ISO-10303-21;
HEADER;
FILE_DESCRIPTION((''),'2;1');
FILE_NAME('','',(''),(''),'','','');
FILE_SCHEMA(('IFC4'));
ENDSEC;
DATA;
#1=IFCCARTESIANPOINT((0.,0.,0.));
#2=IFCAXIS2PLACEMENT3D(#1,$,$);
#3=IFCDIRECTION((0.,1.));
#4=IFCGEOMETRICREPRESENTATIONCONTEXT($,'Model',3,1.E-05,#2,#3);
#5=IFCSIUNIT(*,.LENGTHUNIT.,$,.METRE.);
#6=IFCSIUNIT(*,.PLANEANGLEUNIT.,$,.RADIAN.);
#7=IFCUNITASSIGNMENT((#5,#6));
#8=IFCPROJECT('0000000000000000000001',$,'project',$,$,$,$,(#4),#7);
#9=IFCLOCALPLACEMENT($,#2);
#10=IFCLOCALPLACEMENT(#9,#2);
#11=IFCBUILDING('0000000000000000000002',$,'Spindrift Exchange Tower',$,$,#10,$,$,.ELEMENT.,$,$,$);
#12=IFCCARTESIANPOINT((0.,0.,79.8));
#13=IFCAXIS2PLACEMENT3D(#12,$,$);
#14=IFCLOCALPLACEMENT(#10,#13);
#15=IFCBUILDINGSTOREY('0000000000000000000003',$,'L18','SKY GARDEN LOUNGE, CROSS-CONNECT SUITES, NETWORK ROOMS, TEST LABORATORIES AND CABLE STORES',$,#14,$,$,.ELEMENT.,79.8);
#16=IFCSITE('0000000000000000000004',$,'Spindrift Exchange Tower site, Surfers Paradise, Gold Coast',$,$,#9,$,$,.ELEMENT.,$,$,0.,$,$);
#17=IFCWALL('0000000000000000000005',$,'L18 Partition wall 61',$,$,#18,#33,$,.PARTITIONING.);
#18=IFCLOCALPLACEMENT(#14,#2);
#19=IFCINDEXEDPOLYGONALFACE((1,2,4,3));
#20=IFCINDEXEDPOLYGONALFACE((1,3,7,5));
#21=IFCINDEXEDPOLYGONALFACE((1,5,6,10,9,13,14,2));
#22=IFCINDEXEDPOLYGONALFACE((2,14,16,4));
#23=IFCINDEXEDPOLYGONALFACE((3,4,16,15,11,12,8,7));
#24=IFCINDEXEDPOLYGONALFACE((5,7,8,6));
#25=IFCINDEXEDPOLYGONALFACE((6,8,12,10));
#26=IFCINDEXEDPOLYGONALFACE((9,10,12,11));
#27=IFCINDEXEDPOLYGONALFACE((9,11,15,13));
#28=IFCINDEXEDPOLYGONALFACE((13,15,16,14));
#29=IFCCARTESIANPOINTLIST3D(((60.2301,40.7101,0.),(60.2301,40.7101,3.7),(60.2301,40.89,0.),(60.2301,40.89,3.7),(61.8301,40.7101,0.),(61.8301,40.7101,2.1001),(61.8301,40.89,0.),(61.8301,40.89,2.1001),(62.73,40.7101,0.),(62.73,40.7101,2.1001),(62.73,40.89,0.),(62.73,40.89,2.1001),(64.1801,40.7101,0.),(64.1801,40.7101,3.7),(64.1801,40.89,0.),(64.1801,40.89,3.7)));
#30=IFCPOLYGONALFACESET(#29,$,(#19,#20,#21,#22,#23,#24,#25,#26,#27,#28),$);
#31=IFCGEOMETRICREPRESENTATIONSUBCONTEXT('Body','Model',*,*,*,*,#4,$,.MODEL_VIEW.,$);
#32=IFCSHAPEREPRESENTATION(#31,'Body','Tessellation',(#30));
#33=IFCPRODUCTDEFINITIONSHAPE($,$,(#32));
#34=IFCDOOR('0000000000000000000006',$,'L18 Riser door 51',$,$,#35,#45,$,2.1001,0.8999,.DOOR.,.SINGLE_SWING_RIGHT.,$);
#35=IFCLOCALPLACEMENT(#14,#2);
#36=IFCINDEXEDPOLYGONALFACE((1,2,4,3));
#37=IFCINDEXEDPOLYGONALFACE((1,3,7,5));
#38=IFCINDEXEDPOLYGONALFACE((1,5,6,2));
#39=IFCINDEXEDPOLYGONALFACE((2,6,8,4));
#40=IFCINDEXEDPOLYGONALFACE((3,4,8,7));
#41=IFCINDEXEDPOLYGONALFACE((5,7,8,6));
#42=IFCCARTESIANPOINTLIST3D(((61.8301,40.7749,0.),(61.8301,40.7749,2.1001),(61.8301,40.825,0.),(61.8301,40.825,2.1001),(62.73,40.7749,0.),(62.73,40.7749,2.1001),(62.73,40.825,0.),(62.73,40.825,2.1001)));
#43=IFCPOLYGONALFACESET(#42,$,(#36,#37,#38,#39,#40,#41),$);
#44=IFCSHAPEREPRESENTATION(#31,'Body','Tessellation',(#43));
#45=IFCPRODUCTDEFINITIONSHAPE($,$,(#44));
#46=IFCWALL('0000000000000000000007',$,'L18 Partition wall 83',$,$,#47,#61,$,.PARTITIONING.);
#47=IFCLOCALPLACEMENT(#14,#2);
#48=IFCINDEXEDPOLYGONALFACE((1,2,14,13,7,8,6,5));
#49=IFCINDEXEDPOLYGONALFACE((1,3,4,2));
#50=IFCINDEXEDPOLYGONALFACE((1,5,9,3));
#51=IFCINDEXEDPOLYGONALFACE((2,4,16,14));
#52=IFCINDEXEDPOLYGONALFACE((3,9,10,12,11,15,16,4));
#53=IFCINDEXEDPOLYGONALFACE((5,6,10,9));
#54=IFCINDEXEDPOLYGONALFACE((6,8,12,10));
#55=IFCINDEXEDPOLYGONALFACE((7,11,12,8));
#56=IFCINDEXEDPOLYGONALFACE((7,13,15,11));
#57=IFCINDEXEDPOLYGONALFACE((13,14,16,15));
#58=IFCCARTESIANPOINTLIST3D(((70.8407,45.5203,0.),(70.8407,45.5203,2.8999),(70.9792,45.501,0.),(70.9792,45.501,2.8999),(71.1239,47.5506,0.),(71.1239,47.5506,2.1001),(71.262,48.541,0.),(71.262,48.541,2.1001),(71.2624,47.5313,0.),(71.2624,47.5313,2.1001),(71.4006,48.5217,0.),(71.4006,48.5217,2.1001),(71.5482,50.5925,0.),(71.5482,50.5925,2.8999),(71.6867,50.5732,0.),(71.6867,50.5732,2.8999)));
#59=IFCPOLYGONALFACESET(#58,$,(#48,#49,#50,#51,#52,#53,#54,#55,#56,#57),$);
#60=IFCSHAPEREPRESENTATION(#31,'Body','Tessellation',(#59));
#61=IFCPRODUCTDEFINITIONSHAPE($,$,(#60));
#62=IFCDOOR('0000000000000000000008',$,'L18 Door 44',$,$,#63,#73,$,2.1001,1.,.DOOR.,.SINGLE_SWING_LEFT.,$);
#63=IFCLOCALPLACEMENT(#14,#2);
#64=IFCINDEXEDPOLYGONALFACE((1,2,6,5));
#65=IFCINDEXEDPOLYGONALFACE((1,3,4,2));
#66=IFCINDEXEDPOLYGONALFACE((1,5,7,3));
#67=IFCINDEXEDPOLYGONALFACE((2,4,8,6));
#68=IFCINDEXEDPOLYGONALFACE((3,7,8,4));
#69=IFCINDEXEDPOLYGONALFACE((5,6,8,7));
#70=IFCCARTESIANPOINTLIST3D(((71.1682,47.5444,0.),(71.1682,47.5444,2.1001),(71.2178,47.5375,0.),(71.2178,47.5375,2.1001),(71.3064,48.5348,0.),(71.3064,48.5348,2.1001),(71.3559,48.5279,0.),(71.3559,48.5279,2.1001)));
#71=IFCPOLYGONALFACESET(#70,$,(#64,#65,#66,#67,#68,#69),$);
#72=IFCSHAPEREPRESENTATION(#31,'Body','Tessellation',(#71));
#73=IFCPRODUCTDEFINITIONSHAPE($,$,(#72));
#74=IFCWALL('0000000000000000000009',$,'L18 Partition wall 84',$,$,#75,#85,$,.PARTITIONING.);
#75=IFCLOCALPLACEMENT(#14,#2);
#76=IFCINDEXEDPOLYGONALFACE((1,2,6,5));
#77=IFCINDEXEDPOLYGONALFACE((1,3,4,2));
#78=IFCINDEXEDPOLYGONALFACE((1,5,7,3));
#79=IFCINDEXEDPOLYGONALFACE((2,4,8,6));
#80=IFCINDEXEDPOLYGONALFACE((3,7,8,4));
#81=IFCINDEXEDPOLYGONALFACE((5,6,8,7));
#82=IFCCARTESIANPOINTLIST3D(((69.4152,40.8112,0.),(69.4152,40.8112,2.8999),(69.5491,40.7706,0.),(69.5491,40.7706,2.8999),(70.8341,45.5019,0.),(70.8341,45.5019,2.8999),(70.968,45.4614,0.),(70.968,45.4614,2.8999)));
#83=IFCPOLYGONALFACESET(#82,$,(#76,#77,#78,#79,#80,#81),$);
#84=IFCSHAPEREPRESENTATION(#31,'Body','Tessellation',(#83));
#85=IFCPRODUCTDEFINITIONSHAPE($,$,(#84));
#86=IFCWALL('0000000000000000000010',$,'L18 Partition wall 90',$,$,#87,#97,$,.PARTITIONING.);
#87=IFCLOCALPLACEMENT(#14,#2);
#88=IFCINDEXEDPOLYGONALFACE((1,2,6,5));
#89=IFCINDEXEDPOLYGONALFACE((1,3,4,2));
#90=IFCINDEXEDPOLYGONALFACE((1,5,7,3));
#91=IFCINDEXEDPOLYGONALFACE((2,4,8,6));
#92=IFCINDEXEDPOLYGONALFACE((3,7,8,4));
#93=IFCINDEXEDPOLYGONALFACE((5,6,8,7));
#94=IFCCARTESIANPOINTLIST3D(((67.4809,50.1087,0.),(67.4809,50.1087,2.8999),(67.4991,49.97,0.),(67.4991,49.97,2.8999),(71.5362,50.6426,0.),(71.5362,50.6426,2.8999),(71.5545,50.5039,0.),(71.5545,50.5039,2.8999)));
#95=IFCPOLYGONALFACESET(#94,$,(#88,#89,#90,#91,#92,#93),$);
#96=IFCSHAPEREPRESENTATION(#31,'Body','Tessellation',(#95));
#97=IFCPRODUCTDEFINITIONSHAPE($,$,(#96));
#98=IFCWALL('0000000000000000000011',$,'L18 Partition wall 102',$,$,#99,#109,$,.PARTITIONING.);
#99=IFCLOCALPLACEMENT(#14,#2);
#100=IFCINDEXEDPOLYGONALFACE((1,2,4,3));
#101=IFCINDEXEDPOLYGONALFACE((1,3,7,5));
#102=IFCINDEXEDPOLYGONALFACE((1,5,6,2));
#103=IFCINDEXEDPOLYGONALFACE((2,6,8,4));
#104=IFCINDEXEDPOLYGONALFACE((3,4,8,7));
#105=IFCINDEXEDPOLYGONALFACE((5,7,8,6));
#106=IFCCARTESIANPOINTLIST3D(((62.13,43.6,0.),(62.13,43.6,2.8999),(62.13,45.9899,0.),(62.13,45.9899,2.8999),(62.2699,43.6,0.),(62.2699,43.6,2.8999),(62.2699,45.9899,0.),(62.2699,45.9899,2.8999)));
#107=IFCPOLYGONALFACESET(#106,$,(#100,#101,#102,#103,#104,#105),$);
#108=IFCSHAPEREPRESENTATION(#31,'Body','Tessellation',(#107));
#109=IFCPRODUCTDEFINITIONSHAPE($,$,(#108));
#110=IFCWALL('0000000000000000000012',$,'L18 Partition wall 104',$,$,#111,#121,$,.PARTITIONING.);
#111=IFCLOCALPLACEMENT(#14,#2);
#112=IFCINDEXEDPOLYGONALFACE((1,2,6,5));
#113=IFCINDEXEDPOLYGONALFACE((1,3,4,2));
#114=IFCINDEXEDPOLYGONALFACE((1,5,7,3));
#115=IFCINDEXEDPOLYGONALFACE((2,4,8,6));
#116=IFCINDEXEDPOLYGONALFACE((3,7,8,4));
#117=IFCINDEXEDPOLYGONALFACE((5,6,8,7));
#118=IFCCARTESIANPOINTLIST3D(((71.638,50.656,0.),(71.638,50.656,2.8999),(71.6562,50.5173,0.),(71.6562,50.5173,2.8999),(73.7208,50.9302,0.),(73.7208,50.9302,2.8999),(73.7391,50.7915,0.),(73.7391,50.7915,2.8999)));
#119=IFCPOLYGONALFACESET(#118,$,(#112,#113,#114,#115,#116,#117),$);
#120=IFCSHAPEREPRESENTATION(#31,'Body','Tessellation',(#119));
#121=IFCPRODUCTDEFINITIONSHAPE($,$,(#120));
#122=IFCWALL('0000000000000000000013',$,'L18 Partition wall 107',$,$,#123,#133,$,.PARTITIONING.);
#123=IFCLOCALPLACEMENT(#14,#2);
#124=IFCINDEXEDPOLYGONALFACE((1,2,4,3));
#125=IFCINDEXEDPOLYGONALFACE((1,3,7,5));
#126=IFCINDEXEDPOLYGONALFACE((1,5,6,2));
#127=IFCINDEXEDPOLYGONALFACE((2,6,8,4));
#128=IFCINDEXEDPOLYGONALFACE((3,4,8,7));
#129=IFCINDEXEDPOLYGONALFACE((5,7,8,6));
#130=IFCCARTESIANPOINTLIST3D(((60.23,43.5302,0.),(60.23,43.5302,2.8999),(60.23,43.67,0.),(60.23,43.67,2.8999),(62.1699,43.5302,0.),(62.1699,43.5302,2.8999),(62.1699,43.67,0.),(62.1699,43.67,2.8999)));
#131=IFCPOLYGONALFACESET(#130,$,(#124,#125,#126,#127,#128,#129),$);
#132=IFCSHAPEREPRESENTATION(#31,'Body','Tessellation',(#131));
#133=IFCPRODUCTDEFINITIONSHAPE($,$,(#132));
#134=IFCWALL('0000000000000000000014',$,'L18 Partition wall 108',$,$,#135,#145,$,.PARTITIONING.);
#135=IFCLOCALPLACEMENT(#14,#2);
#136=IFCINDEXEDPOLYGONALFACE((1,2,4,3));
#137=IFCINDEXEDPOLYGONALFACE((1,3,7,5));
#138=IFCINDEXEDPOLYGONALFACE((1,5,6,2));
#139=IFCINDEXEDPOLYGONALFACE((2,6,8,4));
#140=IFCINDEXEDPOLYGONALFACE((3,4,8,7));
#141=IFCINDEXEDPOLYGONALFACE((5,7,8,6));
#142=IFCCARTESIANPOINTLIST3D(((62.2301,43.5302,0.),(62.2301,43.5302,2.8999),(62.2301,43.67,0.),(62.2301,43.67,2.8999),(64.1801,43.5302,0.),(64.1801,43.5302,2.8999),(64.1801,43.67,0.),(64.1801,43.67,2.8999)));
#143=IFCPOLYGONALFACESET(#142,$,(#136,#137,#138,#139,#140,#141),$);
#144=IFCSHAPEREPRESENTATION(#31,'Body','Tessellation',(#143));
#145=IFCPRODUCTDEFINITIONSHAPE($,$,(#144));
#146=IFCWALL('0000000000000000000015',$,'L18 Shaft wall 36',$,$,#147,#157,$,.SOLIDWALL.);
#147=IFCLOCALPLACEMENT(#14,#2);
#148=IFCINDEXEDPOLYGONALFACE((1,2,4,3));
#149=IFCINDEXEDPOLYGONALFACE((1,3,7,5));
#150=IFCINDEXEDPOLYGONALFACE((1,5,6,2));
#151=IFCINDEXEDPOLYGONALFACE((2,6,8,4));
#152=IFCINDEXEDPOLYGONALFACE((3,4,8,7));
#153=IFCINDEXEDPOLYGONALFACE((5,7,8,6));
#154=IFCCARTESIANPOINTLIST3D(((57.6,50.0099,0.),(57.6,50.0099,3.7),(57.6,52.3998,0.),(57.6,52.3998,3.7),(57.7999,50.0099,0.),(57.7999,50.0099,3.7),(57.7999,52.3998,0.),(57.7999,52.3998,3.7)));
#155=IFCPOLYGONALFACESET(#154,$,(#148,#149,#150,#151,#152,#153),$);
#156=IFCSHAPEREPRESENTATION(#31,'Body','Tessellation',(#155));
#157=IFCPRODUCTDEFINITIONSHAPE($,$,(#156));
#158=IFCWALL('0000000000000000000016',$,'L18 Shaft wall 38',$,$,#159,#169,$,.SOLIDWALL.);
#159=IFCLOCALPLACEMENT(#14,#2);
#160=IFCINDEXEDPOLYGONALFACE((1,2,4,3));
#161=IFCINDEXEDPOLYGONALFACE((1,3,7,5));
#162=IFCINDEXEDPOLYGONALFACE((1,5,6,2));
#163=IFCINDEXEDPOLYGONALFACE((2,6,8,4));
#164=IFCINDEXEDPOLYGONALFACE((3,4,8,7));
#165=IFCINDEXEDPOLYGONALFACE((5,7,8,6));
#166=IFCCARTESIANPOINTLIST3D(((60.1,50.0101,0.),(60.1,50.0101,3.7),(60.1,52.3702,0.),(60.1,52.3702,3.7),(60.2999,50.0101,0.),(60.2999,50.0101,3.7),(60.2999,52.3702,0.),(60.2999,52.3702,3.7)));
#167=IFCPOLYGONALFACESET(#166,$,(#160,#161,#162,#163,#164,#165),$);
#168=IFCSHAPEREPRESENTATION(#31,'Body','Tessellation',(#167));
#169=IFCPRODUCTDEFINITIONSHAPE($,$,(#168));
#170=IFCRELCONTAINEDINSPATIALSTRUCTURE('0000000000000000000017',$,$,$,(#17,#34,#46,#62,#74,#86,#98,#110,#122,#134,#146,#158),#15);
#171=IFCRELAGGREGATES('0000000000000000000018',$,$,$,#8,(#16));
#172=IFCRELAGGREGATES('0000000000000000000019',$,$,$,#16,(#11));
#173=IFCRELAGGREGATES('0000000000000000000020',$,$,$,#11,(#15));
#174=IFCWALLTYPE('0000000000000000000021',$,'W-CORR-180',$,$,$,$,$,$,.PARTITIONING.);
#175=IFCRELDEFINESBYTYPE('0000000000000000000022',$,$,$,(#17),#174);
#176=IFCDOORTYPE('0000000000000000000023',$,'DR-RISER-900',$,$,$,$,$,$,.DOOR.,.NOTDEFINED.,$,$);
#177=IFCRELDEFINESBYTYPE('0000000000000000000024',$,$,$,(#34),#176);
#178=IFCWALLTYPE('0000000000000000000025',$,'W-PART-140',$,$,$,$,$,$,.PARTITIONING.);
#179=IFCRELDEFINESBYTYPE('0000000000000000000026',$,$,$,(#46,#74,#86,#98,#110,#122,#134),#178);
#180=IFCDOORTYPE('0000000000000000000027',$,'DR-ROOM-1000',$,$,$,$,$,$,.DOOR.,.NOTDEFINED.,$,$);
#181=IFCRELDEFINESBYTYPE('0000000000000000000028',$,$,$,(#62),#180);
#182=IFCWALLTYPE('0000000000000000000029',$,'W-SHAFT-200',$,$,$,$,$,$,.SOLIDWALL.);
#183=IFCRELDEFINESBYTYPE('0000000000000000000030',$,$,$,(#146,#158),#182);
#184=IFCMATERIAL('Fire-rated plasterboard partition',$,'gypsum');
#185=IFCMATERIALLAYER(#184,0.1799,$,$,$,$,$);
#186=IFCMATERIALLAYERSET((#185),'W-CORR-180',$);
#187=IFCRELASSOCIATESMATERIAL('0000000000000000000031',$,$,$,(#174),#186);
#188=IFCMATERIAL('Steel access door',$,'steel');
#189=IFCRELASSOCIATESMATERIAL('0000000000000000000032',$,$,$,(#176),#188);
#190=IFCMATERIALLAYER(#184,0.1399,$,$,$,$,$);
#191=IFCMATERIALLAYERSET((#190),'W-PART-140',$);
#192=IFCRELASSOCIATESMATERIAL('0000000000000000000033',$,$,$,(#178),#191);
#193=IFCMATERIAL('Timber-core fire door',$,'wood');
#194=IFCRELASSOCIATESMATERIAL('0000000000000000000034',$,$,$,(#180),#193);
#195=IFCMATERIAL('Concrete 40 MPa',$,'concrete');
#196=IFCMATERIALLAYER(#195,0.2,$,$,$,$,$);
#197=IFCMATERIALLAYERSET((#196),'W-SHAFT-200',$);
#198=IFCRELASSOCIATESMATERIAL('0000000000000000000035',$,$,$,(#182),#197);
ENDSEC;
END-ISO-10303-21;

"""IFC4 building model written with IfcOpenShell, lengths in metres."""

from ifc_helpers import new_model, si_unit, direction, frame, frame_2d, origin, place, context, subcontext, project, spatial, rectangle, extrude, source, transform, mapped, material, layer, layer_set, type_object, element, fill, save


model = new_model("IFC4")

# Units and contexts
model_context = context("Model", 3, precision=1e-05, world=origin(), true_north=direction((0.0, 1.0)))
body_context = subcontext(model_context, "Body", "Model", "MODEL_VIEW")
ifc_project = project(units=[si_unit("LENGTHUNIT", "METRE"), si_unit("PLANEANGLEUNIT", "RADIAN")], contexts=[model_context])

# Site, building, storey
site_placement = place(None, origin())
site = spatial("IfcSite", under=ifc_project, at=site_placement, Name="Spindrift Exchange Tower site, Surfers Paradise, Gold Coast", CompositionType="ELEMENT", RefElevation=0.0)
building_placement = place(site_placement, origin())
building = spatial("IfcBuilding", under=site, at=building_placement, Name="Spindrift Exchange Tower", CompositionType="ELEMENT")
storey_placement = place(building_placement, frame((0.0, 0.0, 79.8)))
storey = spatial("IfcBuildingStorey", under=building, at=storey_placement, Name="L18", Description="SKY GARDEN LOUNGE, CROSS-CONNECT SUITES, NETWORK ROOMS, TEST LABORATORIES AND CABLE STORES", CompositionType="ELEMENT", Elevation=79.8)

# Walls, openings, doors
ifc_material_1 = material(Name="Fire-rated plasterboard partition", Category="gypsum")
ifc_layer_1 = layer(ifc_material_1, 0.1799)
ifc_layer_set_1 = layer_set([ifc_layer_1], Name="W-CORR-180")
wall_type_1 = type_object("IfcWallType", Name="W-CORR-180", PredefinedType="PARTITIONING", material=ifc_layer_set_1)
wall_1_placement = place(storey_placement, frame((60.23, 40.8, 0.0), z_axis=(0.0, 0.0, 1.0), x_axis=(1.0, 0.0, 0.0)))
wall_1 = element("IfcWall", 1, at=wall_1_placement, inside=storey, type_object=wall_type_1, Name="L18 Partition wall 61", PredefinedType="PARTITIONING", context=body_context, shape_type="SweptSolid", body=[
    extrude(rectangle(XDim=3.95, YDim=0.1799, at=frame_2d((1.9751, 0.0))), origin(), (0.0, 0.0, 1.0), 3.7),
])
opening_1_placement = place(wall_1_placement, frame((1.6001, 0.0, 0.0)))
opening_1 = element("IfcOpeningElement", 2, at=opening_1_placement, cuts=wall_1, PredefinedType="OPENING", context=body_context, shape_type="SweptSolid", body=[
    extrude(rectangle(XDim=0.8999, YDim=2.1001, at=frame_2d((0.45, 1.05))), frame((0.0, 0.0999, 0.0), z_axis=(0.0, -1.0, 0.0), x_axis=(1.0, 0.0, 0.0)), (0.0, 0.0, 1.0), 0.2),
])
ifc_material_2 = material(Name="Steel access door", Category="steel")
door_type_1 = type_object("IfcDoorType", Name="DR-RISER-900", OperationType="NOTDEFINED", PredefinedType="DOOR", material=ifc_material_2)
shared_shape_1 = source(origin(), body_context, "Body", "SweptSolid", [
    extrude(rectangle(XDim=0.8999, YDim=2.1001, at=frame_2d((0.45, 1.05))), frame((0.0, 0.0249, 0.0), z_axis=(0.0, -1.0, 0.0), x_axis=(1.0, 0.0, 0.0)), (0.0, 0.0, 1.0), 0.05),
])
door_1_placement = place(opening_1_placement, origin())
door_1 = element("IfcDoor", 3, at=door_1_placement, inside=storey, type_object=door_type_1, Name="L18 Riser door 51", OperationType="SINGLE_SWING_RIGHT", OverallHeight=2.1001, OverallWidth=0.8999, PredefinedType="DOOR", context=body_context, shape_type="MappedRepresentation", body=[
    mapped(shared_shape_1, transform((0.0, 0.0, 0.0), scale=1.0)),
])
fill(opening_1, door_1)
ifc_layer_2 = layer(ifc_material_1, 0.1399)
ifc_layer_set_2 = layer_set([ifc_layer_2], Name="W-PART-140")
wall_type_2 = type_object("IfcWallType", Name="W-PART-140", PredefinedType="PARTITIONING", material=ifc_layer_set_2)
wall_2_placement = place(storey_placement, frame((71.6174, 50.5828, 0.0), z_axis=(0.0, 0.0, 1.0), x_axis=(-0.13815, -0.990411, 0.0)))
wall_2 = element("IfcWall", 4, at=wall_2_placement, inside=storey, type_object=wall_type_2, Name="L18 Partition wall 83", PredefinedType="PARTITIONING", context=body_context, shape_type="SweptSolid", body=[
    extrude(rectangle(XDim=5.1213, YDim=0.1399, at=frame_2d((2.5605, 0.0))), origin(), (0.0, 0.0, 1.0), 2.8999),
])
opening_2_placement = place(wall_2_placement, frame((2.0713, 0.0, 0.0)))
opening_2 = element("IfcOpeningElement", 5, at=opening_2_placement, cuts=wall_2, PredefinedType="OPENING", context=body_context, shape_type="SweptSolid", body=[
    extrude(rectangle(XDim=1.0, YDim=2.1001, at=frame_2d((0.5, 1.05))), frame((0.0, 0.0798, 0.0), z_axis=(0.0, -1.0, 0.0), x_axis=(1.0, 0.0, 0.0)), (0.0, 0.0, 1.0), 0.1599),
])
ifc_material_3 = material(Name="Timber-core fire door", Category="wood")
door_type_2 = type_object("IfcDoorType", Name="DR-ROOM-1000", OperationType="NOTDEFINED", PredefinedType="DOOR", material=ifc_material_3)
shared_shape_2 = source(origin(), body_context, "Body", "SweptSolid", [
    extrude(rectangle(XDim=1.0, YDim=2.1001, at=frame_2d((0.5, 1.05))), frame((0.0, 0.0249, 0.0), z_axis=(0.0, -1.0, 0.0), x_axis=(1.0, 0.0, 0.0)), (0.0, 0.0, 1.0), 0.05),
])
door_2_placement = place(opening_2_placement, origin())
door_2 = element("IfcDoor", 6, at=door_2_placement, inside=storey, type_object=door_type_2, Name="L18 Door 44", OperationType="SINGLE_SWING_LEFT", OverallHeight=2.1001, OverallWidth=1.0, PredefinedType="DOOR", context=body_context, shape_type="MappedRepresentation", body=[
    mapped(shared_shape_2, transform((0.0, 0.0, 0.0), scale=1.0)),
])
fill(opening_2, door_2)

# Walls
wall_3_placement = place(storey_placement, frame((69.4822, 40.791, 0.0), z_axis=(0.0, 0.0, 1.0), x_axis=(0.289546, 0.957164, 0.0)))
element("IfcWall", 7, at=wall_3_placement, inside=storey, type_object=wall_type_2, Name="L18 Partition wall 84", PredefinedType="PARTITIONING", context=body_context, shape_type="SweptSolid", body=[
    extrude(rectangle(XDim=4.9006, YDim=0.1399, at=frame_2d((2.4502, 0.0))), origin(), (0.0, 0.0, 1.0), 2.8999),
])
wall_4_placement = place(storey_placement, frame((67.49, 50.0393, 0.0), z_axis=(0.0, 0.0, 1.0), x_axis=(0.991444, 0.130533, 0.0)))
element("IfcWall", 8, at=wall_4_placement, inside=storey, type_object=wall_type_2, Name="L18 Partition wall 90", PredefinedType="PARTITIONING", context=body_context, shape_type="SweptSolid", body=[
    extrude(rectangle(XDim=4.0903, YDim=0.1399, at=frame_2d((2.0452, 0.0))), origin(), (0.0, 0.0, 1.0), 2.8999),
])
wall_5_placement = place(storey_placement, frame((62.2, 43.6001, 0.0), z_axis=(0.0, 0.0, 1.0), x_axis=(0.0, 1.0, 0.0)))
element("IfcWall", 9, at=wall_5_placement, inside=storey, type_object=wall_type_2, Name="L18 Partition wall 102", PredefinedType="PARTITIONING", context=body_context, shape_type="SweptSolid", body=[
    extrude(rectangle(XDim=2.3899, YDim=0.1399, at=frame_2d((1.1948, 0.0))), origin(), (0.0, 0.0, 1.0), 2.8999),
])
wall_6_placement = place(storey_placement, frame((71.6472, 50.5867, 0.0), z_axis=(0.0, 0.0, 1.0), x_axis=(0.991447, 0.130512, 0.0)))
element("IfcWall", 10, at=wall_6_placement, inside=storey, type_object=wall_type_2, Name="L18 Partition wall 104", PredefinedType="PARTITIONING", context=body_context, shape_type="SweptSolid", body=[
    extrude(rectangle(XDim=2.1008, YDim=0.1399, at=frame_2d((1.0503, 0.0))), origin(), (0.0, 0.0, 1.0), 2.8999),
])
wall_7_placement = place(storey_placement, frame((60.23, 43.6001, 0.0), z_axis=(0.0, 0.0, 1.0), x_axis=(1.0, 0.0, 0.0)))
element("IfcWall", 11, at=wall_7_placement, inside=storey, type_object=wall_type_2, Name="L18 Partition wall 107", PredefinedType="PARTITIONING", context=body_context, shape_type="SweptSolid", body=[
    extrude(rectangle(XDim=1.9399, YDim=0.1399, at=frame_2d((0.97, 0.0))), origin(), (0.0, 0.0, 1.0), 2.8999),
])
wall_8_placement = place(storey_placement, frame((62.23, 43.6001, 0.0), z_axis=(0.0, 0.0, 1.0), x_axis=(1.0, 0.0, 0.0)))
element("IfcWall", 12, at=wall_8_placement, inside=storey, type_object=wall_type_2, Name="L18 Partition wall 108", PredefinedType="PARTITIONING", context=body_context, shape_type="SweptSolid", body=[
    extrude(rectangle(XDim=1.95, YDim=0.1399, at=frame_2d((0.9751, 0.0))), origin(), (0.0, 0.0, 1.0), 2.8999),
])
ifc_material_4 = material(Name="Concrete 40 MPa", Category="concrete")
ifc_layer_3 = layer(ifc_material_4, 0.2)
ifc_layer_set_3 = layer_set([ifc_layer_3], Name="W-SHAFT-200")
wall_type_3 = type_object("IfcWallType", Name="W-SHAFT-200", PredefinedType="SOLIDWALL", material=ifc_layer_set_3)
wall_9_placement = place(storey_placement, frame((57.7, 50.01, 0.0), z_axis=(0.0, 0.0, 1.0), x_axis=(0.0, 1.0, 0.0)))
element("IfcWall", 13, at=wall_9_placement, inside=storey, type_object=wall_type_3, Name="L18 Shaft wall 36", PredefinedType="SOLIDWALL", context=body_context, shape_type="SweptSolid", body=[
    extrude(rectangle(XDim=2.3899, YDim=0.2, at=frame_2d((1.1948, 0.0))), origin(), (0.0, 0.0, 1.0), 3.7),
])
wall_10_placement = place(storey_placement, frame((60.2, 50.01, 0.0), z_axis=(0.0, 0.0, 1.0), x_axis=(0.0, 1.0, 0.0)))
element("IfcWall", 14, at=wall_10_placement, inside=storey, type_object=wall_type_3, Name="L18 Shaft wall 38", PredefinedType="SOLIDWALL", context=body_context, shape_type="SweptSolid", body=[
    extrude(rectangle(XDim=2.3601, YDim=0.2, at=frame_2d((1.1802, 0.0))), origin(), (0.0, 0.0, 1.0), 3.7),
])

save(model, "model.ifc")
